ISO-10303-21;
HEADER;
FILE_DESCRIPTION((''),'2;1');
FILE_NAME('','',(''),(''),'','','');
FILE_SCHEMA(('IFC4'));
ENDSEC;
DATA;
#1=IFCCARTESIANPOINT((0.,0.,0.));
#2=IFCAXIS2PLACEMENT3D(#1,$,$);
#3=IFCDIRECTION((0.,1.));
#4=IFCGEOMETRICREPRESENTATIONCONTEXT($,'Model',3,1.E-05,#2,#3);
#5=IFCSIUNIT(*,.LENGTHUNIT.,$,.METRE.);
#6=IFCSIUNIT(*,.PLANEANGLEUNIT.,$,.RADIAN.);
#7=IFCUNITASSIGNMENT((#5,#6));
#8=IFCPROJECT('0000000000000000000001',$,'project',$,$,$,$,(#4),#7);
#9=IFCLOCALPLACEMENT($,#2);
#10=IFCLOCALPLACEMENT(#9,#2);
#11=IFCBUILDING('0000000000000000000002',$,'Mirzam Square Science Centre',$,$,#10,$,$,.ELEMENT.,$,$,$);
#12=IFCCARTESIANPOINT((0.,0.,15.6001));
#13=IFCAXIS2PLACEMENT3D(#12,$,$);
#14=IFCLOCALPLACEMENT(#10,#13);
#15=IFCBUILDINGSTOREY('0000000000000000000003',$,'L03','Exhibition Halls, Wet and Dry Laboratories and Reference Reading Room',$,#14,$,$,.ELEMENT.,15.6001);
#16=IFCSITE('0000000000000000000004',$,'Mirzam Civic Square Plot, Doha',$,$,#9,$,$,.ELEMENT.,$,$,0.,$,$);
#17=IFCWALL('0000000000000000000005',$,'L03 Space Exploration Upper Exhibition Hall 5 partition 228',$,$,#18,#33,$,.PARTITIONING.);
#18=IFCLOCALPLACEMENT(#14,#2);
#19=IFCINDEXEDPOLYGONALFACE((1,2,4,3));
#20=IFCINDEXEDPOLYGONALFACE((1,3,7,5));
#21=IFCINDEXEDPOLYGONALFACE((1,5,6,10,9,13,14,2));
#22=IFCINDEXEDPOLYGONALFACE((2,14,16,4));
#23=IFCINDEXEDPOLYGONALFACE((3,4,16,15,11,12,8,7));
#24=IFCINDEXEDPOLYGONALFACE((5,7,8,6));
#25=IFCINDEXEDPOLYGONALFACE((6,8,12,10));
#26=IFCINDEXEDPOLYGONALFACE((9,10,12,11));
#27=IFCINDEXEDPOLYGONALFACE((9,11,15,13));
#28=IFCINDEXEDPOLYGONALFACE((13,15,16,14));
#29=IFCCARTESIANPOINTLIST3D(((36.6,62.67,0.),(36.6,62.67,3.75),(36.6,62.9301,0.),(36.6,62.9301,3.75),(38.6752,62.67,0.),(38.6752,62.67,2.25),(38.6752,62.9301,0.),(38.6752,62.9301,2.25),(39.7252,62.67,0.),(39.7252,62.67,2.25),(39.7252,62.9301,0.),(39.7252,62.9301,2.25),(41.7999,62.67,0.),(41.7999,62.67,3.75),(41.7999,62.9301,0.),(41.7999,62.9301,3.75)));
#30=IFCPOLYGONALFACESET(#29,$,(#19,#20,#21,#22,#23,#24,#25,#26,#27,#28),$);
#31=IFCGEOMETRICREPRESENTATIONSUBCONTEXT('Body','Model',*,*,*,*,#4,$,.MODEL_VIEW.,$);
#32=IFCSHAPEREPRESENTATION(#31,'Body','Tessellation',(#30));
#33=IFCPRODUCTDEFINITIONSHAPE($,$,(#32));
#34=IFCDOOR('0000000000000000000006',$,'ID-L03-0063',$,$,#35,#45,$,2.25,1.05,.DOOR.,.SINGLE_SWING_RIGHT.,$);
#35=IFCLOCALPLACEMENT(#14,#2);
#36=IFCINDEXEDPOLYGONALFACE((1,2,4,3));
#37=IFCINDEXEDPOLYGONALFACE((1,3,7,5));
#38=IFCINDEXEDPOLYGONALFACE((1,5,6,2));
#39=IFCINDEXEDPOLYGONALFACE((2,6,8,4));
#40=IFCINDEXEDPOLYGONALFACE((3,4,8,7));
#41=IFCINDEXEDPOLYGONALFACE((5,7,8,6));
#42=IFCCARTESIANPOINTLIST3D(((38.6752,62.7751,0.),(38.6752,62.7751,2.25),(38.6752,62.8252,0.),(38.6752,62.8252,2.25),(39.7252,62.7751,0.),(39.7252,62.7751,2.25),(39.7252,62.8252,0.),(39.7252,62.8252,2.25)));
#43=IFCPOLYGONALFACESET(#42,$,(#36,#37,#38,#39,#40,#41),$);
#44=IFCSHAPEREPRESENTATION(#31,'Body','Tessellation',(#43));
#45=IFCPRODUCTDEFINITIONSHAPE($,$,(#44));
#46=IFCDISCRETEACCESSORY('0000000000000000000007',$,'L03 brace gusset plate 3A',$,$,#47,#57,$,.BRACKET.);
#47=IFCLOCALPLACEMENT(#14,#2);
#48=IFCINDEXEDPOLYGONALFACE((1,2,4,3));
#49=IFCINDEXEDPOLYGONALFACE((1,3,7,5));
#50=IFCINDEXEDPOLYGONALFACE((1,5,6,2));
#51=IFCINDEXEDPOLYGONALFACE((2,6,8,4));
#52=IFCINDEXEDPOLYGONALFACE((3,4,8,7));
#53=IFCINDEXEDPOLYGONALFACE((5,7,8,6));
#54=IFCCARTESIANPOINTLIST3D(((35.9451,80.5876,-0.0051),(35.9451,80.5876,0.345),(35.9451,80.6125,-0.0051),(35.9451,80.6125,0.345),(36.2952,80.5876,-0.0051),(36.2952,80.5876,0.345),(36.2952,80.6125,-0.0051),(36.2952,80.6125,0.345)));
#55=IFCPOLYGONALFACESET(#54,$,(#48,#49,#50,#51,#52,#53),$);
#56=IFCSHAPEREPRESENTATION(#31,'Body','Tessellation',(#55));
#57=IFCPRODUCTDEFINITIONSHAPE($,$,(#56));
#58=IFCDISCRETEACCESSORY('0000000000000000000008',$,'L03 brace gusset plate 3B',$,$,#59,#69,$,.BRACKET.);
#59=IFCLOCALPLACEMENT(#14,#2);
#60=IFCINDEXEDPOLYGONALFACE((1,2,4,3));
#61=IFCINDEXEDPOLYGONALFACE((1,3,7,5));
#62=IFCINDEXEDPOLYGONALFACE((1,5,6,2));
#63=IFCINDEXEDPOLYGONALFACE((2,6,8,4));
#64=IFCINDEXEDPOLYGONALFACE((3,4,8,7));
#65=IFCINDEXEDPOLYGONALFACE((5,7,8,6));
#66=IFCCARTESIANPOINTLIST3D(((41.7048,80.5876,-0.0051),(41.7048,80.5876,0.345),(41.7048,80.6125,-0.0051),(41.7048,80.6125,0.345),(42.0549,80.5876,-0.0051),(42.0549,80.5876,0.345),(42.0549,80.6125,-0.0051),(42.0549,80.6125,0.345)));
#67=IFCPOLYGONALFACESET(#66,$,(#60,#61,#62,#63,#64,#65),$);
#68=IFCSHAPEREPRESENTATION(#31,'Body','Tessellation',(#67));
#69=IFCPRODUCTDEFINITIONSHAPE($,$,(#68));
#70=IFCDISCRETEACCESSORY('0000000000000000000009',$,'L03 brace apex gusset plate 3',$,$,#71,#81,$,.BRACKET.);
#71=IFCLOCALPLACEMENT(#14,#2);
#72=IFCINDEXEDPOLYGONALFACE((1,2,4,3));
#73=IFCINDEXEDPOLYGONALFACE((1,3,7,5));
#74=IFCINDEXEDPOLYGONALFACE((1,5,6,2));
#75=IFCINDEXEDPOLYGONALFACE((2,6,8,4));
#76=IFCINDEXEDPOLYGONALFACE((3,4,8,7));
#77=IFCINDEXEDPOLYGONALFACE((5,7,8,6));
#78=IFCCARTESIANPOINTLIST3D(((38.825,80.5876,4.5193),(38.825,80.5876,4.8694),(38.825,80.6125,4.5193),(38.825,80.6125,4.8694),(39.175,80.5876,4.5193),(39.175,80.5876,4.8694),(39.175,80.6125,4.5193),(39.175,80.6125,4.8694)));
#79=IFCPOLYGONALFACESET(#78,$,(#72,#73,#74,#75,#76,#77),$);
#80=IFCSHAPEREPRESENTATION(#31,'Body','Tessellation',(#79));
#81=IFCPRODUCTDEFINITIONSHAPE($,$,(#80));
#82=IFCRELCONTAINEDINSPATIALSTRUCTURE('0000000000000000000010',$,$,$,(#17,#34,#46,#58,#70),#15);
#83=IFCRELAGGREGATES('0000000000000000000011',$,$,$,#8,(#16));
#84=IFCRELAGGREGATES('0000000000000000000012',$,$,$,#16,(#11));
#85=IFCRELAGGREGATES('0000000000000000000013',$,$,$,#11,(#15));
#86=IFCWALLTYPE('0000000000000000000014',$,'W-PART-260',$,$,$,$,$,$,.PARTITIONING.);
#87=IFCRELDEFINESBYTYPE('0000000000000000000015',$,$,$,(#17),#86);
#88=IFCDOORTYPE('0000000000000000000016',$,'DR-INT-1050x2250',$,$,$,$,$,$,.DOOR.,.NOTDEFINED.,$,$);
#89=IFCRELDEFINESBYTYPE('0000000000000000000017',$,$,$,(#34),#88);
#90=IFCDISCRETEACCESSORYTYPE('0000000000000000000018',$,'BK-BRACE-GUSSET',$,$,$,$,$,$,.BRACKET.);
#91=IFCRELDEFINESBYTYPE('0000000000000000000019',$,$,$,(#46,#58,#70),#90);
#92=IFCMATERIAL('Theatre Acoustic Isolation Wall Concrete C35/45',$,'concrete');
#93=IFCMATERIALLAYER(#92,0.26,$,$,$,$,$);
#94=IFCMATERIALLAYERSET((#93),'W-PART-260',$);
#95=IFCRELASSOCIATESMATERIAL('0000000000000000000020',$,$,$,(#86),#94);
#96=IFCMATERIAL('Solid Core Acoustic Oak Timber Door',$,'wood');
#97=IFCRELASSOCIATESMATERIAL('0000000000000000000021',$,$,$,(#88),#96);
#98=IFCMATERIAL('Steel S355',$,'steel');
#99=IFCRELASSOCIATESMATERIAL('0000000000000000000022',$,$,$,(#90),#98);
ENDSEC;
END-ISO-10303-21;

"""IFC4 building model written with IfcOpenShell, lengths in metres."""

from ifc_helpers import new_model, si_unit, direction, frame, frame_2d, origin, origin_2d, place, context, subcontext, project, spatial, rectangle, extrude, material, layer, layer_set, type_object, element, fill, save


model = new_model("IFC4")

# Units and contexts
model_context = context("Model", 3, precision=1e-05, world=origin(), true_north=direction((0.0, 1.0)))
body_context = subcontext(model_context, "Body", "Model", "MODEL_VIEW")
ifc_project = project(units=[si_unit("LENGTHUNIT", "METRE"), si_unit("PLANEANGLEUNIT", "RADIAN")], contexts=[model_context])

# Site, building, storey
site_placement = place(None, origin())
site = spatial("IfcSite", under=ifc_project, at=site_placement, Name="Mirzam Civic Square Plot, Doha", CompositionType="ELEMENT", RefElevation=0.0)
building_placement = place(site_placement, origin())
building = spatial("IfcBuilding", under=site, at=building_placement, Name="Mirzam Square Science Centre", CompositionType="ELEMENT")
storey_placement = place(building_placement, frame((0.0, 0.0, 15.6001)))
storey = spatial("IfcBuildingStorey", under=building, at=storey_placement, Name="L03", Description="Exhibition Halls, Wet and Dry Laboratories and Reference Reading Room", CompositionType="ELEMENT", Elevation=15.6001)

# Shared definitions
ifc_material_1 = material(Name="Steel S355", Category="steel")

# Shared definitions
ifc_material_2 = material(Name="Theatre Acoustic Isolation Wall Concrete C35/45", Category="concrete")
ifc_layer_1 = layer(ifc_material_2, 0.26)
ifc_layer_set_1 = layer_set([ifc_layer_1], Name="W-PART-260")
wall_type_1 = type_object("IfcWallType", Name="W-PART-260", PredefinedType="PARTITIONING", material=ifc_layer_set_1)

# Wall, opening, door
wall_1_placement = place(storey_placement, frame((41.8, 62.8, 0.0), z_axis=(0.0, 0.0, 1.0), x_axis=(-1.0, 0.0, 0.0)))
wall_1 = element("IfcWall", 1, at=wall_1_placement, inside=storey, type_object=wall_type_1, Name="L03 Space Exploration Upper Exhibition Hall 5 partition 228", PredefinedType="PARTITIONING", context=body_context, shape_type="SweptSolid", body=[
    extrude(rectangle(XDim=5.2, YDim=0.26, at=frame_2d((2.6001, 0.0))), origin(), (0.0, 0.0, 1.0), 3.75),
])
opening_placement = place(wall_1_placement, frame((2.075, 0.0, 0.0)))
opening = element("IfcOpeningElement", 2, at=opening_placement, cuts=wall_1, PredefinedType="OPENING", context=body_context, shape_type="SweptSolid", body=[
    extrude(rectangle(XDim=1.05, YDim=2.25, at=frame_2d((0.5249, 1.125))), frame((0.0, 0.1399, 0.0), z_axis=(0.0, -1.0, 0.0), x_axis=(1.0, 0.0, 0.0)), (0.0, 0.0, 1.0), 0.28),
])
ifc_material_3 = material(Name="Solid Core Acoustic Oak Timber Door", Category="wood")
door_type = type_object("IfcDoorType", Name="DR-INT-1050x2250", OperationType="NOTDEFINED", PredefinedType="DOOR", material=ifc_material_3)
door_placement = place(opening_placement, origin())
door = element("IfcDoor", 3, at=door_placement, inside=storey, type_object=door_type, Name="ID-L03-0063", OperationType="SINGLE_SWING_RIGHT", OverallHeight=2.25, OverallWidth=1.05, PredefinedType="DOOR", context=body_context, shape_type="SweptSolid", body=[
    extrude(rectangle(XDim=1.05, YDim=2.25, at=frame_2d((0.5249, 1.125))), frame((0.0, 0.0249, 0.0), z_axis=(0.0, -1.0, 0.0), x_axis=(1.0, 0.0, 0.0)), (0.0, 0.0, 1.0), 0.05),
])
fill(opening, door)

# Discrete accessories
discrete_accessory_type = type_object("IfcDiscreteAccessoryType", Name="BK-BRACE-GUSSET", PredefinedType="BRACKET", material=ifc_material_1)
for number, where, z_axis, x_axis, name in (
    (4, (36.1201, 80.6001, -0.0051), (0.0, 0.0, 1.0), (1.0, 0.0, 0.0), "L03 brace gusset plate 3A"),
    (5, (41.8799, 80.6001, -0.0051), (0.0, 0.0, 1.0), (1.0, 0.0, 0.0), "L03 brace gusset plate 3B"),
    (6, (39.0, 80.6001, 4.5193), (0.0, 0.0, 1.0), (1.0, 0.0, 0.0), "L03 brace apex gusset plate 3"),
):
    element("IfcDiscreteAccessory", number, at=place(storey_placement, frame(where, z_axis=z_axis, x_axis=x_axis)), inside=storey, type_object=discrete_accessory_type, Name=name, PredefinedType="BRACKET", context=body_context, shape_type="SweptSolid", body=[
        extrude(rectangle(XDim=0.3501, YDim=0.0249, at=origin_2d()), origin(), (0.0, 0.0, 1.0), 0.3501),
    ])

save(model, "model.ifc")
